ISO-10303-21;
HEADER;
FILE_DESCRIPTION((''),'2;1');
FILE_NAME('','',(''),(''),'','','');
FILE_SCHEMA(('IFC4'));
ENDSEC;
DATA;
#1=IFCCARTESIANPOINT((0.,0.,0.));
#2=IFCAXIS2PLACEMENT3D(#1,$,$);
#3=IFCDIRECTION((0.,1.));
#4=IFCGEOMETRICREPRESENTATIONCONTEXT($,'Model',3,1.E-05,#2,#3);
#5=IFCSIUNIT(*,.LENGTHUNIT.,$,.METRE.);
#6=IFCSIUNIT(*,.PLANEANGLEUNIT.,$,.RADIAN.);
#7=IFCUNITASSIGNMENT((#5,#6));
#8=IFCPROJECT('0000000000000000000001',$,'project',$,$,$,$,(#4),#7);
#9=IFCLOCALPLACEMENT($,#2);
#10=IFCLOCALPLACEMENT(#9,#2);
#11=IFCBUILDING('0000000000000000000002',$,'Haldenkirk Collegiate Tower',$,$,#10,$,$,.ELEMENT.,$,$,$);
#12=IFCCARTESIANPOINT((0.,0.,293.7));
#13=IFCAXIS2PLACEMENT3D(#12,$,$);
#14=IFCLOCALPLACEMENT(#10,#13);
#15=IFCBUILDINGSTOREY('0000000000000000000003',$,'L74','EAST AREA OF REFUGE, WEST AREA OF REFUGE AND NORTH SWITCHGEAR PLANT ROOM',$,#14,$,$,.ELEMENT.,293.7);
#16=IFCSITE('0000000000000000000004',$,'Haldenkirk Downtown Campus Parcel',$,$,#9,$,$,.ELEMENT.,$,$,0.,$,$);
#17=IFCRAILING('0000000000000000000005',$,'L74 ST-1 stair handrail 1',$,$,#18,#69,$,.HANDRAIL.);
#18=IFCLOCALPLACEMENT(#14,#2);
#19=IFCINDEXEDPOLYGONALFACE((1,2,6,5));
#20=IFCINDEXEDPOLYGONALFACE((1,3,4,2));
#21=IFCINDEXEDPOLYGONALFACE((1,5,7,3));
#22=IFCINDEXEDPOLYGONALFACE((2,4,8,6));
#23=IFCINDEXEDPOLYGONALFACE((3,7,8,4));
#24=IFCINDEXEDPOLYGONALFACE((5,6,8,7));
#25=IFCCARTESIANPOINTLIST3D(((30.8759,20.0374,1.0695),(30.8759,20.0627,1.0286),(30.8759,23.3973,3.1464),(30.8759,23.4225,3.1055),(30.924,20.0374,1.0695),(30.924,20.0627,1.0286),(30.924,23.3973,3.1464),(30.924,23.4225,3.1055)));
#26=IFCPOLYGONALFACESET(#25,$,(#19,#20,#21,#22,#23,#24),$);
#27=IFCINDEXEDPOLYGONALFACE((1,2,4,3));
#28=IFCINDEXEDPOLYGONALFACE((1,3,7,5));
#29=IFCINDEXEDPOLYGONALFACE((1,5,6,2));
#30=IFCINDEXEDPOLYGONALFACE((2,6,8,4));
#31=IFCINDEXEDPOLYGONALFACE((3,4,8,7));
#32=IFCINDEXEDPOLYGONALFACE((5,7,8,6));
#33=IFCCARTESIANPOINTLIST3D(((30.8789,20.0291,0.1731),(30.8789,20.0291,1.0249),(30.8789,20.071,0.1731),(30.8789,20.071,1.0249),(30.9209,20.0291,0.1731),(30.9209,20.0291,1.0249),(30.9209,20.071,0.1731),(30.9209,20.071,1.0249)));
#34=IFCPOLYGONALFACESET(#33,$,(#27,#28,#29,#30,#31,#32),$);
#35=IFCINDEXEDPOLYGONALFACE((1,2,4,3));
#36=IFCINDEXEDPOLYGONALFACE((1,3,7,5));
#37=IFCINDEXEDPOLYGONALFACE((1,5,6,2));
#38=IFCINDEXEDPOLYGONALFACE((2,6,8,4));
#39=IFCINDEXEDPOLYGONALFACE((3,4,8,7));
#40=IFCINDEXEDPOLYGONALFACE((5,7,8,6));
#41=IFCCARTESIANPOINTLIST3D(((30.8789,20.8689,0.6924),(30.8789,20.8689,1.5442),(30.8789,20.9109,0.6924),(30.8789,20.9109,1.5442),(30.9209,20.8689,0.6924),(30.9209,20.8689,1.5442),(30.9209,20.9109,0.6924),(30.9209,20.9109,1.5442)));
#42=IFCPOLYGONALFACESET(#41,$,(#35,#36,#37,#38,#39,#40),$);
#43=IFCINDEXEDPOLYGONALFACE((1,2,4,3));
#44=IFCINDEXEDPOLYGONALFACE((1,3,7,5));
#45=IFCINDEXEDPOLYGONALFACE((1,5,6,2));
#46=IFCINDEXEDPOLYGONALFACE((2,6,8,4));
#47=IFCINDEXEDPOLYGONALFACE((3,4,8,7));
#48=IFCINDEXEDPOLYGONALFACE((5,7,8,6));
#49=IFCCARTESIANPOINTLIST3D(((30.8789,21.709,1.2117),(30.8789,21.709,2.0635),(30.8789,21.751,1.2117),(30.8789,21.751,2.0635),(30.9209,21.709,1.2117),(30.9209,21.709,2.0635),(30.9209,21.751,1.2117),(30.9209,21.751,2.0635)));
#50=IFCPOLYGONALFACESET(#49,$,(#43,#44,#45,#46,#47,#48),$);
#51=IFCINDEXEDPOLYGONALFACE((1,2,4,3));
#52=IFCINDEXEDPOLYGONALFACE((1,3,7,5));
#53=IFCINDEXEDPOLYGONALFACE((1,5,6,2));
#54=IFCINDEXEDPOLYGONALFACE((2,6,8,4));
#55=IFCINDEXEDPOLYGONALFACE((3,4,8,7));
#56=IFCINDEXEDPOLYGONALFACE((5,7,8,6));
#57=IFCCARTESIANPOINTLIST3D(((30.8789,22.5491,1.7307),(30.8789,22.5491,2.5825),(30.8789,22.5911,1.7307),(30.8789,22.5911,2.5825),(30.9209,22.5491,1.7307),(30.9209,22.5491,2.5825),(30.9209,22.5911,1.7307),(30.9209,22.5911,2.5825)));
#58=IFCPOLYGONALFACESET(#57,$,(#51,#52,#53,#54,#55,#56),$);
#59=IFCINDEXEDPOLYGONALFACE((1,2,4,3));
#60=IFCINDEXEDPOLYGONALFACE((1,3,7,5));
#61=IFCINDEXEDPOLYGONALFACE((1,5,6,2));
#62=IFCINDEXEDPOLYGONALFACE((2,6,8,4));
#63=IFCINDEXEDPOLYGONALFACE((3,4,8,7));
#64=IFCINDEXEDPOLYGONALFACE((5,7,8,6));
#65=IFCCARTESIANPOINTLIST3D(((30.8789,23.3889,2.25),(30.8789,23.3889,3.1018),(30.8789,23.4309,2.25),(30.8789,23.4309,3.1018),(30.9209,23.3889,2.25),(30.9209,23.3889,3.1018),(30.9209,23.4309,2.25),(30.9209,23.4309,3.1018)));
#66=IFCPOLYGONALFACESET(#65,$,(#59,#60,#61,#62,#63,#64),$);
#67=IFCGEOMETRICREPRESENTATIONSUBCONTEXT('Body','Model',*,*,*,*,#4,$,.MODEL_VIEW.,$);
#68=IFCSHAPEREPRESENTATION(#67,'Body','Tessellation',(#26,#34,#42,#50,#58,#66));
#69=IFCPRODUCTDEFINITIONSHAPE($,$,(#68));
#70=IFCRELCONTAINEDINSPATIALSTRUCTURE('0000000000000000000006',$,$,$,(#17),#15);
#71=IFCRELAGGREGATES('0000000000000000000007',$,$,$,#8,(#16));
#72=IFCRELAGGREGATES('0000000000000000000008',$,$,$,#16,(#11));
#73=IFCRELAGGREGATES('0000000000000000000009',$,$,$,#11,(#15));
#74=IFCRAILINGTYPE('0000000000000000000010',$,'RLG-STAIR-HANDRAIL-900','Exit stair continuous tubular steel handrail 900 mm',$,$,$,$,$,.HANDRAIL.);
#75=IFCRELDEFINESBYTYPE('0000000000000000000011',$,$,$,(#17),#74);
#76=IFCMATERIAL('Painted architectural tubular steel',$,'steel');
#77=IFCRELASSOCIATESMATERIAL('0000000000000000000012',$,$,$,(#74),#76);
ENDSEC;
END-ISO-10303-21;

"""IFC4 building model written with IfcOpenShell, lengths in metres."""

from ifc_helpers import new_model, si_unit, direction, frame, origin, origin_2d, place, context, subcontext, project, spatial, rectangle, extrude, material, type_object, element, save


model = new_model("IFC4")

# Units and contexts
model_context = context("Model", 3, precision=1e-05, world=origin(), true_north=direction((0.0, 1.0)))
body_context = subcontext(model_context, "Body", "Model", "MODEL_VIEW")
ifc_project = project(units=[si_unit("LENGTHUNIT", "METRE"), si_unit("PLANEANGLEUNIT", "RADIAN")], contexts=[model_context])

# Site, building, storey
site_placement = place(None, origin())
site = spatial("IfcSite", under=ifc_project, at=site_placement, Name="Haldenkirk Downtown Campus Parcel", CompositionType="ELEMENT", RefElevation=0.0)
building_placement = place(site_placement, origin())
building = spatial("IfcBuilding", under=site, at=building_placement, Name="Haldenkirk Collegiate Tower", CompositionType="ELEMENT")
storey_placement = place(building_placement, frame((0.0, 0.0, 293.7)))
storey = spatial("IfcBuildingStorey", under=building, at=storey_placement, Name="L74", Description="EAST AREA OF REFUGE, WEST AREA OF REFUGE AND NORTH SWITCHGEAR PLANT ROOM", CompositionType="ELEMENT", Elevation=293.7)

# Railing
ifc_material_1 = material(Name="Painted architectural tubular steel", Category="steel")
railing_type = type_object("IfcRailingType", Name="RLG-STAIR-HANDRAIL-900", Description="Exit stair continuous tubular steel handrail 900 mm", PredefinedType="HANDRAIL", material=ifc_material_1)
railing_placement = place(storey_placement, frame((30.8999, 20.05, 0.1731)))
element("IfcRailing", 1, at=railing_placement, inside=storey, type_object=railing_type, Name="L74 ST-1 stair handrail 1", PredefinedType="HANDRAIL", context=body_context, shape_type="SweptSolid", body=[
    extrude(rectangle(XDim=0.0481, YDim=0.0481, at=origin_2d()), frame((0.0, 0.0, 0.876), z_axis=(0.0, 0.850606, 0.525803), x_axis=(-1.0, 0.0, 0.0)), (0.0, 0.0, 1.0), 3.95),
    extrude(rectangle(XDim=0.042, YDim=0.042, at=origin_2d()), origin(), (0.0, 0.0, 1.0), 0.8518),
    extrude(rectangle(XDim=0.042, YDim=0.042, at=origin_2d()), frame((0.0, 0.8398, 0.5193)), (0.0, 0.0, 1.0), 0.8518),
    extrude(rectangle(XDim=0.042, YDim=0.042, at=origin_2d()), frame((0.0, 1.6799, 1.0386)), (0.0, 0.0, 1.0), 0.8518),
    extrude(rectangle(XDim=0.042, YDim=0.042, at=origin_2d()), frame((0.0, 2.52, 1.5576)), (0.0, 0.0, 1.0), 0.8518),
    extrude(rectangle(XDim=0.042, YDim=0.042, at=origin_2d()), frame((0.0, 3.3599, 2.0769)), (0.0, 0.0, 1.0), 0.8518),
])

save(model, "model.ifc")
